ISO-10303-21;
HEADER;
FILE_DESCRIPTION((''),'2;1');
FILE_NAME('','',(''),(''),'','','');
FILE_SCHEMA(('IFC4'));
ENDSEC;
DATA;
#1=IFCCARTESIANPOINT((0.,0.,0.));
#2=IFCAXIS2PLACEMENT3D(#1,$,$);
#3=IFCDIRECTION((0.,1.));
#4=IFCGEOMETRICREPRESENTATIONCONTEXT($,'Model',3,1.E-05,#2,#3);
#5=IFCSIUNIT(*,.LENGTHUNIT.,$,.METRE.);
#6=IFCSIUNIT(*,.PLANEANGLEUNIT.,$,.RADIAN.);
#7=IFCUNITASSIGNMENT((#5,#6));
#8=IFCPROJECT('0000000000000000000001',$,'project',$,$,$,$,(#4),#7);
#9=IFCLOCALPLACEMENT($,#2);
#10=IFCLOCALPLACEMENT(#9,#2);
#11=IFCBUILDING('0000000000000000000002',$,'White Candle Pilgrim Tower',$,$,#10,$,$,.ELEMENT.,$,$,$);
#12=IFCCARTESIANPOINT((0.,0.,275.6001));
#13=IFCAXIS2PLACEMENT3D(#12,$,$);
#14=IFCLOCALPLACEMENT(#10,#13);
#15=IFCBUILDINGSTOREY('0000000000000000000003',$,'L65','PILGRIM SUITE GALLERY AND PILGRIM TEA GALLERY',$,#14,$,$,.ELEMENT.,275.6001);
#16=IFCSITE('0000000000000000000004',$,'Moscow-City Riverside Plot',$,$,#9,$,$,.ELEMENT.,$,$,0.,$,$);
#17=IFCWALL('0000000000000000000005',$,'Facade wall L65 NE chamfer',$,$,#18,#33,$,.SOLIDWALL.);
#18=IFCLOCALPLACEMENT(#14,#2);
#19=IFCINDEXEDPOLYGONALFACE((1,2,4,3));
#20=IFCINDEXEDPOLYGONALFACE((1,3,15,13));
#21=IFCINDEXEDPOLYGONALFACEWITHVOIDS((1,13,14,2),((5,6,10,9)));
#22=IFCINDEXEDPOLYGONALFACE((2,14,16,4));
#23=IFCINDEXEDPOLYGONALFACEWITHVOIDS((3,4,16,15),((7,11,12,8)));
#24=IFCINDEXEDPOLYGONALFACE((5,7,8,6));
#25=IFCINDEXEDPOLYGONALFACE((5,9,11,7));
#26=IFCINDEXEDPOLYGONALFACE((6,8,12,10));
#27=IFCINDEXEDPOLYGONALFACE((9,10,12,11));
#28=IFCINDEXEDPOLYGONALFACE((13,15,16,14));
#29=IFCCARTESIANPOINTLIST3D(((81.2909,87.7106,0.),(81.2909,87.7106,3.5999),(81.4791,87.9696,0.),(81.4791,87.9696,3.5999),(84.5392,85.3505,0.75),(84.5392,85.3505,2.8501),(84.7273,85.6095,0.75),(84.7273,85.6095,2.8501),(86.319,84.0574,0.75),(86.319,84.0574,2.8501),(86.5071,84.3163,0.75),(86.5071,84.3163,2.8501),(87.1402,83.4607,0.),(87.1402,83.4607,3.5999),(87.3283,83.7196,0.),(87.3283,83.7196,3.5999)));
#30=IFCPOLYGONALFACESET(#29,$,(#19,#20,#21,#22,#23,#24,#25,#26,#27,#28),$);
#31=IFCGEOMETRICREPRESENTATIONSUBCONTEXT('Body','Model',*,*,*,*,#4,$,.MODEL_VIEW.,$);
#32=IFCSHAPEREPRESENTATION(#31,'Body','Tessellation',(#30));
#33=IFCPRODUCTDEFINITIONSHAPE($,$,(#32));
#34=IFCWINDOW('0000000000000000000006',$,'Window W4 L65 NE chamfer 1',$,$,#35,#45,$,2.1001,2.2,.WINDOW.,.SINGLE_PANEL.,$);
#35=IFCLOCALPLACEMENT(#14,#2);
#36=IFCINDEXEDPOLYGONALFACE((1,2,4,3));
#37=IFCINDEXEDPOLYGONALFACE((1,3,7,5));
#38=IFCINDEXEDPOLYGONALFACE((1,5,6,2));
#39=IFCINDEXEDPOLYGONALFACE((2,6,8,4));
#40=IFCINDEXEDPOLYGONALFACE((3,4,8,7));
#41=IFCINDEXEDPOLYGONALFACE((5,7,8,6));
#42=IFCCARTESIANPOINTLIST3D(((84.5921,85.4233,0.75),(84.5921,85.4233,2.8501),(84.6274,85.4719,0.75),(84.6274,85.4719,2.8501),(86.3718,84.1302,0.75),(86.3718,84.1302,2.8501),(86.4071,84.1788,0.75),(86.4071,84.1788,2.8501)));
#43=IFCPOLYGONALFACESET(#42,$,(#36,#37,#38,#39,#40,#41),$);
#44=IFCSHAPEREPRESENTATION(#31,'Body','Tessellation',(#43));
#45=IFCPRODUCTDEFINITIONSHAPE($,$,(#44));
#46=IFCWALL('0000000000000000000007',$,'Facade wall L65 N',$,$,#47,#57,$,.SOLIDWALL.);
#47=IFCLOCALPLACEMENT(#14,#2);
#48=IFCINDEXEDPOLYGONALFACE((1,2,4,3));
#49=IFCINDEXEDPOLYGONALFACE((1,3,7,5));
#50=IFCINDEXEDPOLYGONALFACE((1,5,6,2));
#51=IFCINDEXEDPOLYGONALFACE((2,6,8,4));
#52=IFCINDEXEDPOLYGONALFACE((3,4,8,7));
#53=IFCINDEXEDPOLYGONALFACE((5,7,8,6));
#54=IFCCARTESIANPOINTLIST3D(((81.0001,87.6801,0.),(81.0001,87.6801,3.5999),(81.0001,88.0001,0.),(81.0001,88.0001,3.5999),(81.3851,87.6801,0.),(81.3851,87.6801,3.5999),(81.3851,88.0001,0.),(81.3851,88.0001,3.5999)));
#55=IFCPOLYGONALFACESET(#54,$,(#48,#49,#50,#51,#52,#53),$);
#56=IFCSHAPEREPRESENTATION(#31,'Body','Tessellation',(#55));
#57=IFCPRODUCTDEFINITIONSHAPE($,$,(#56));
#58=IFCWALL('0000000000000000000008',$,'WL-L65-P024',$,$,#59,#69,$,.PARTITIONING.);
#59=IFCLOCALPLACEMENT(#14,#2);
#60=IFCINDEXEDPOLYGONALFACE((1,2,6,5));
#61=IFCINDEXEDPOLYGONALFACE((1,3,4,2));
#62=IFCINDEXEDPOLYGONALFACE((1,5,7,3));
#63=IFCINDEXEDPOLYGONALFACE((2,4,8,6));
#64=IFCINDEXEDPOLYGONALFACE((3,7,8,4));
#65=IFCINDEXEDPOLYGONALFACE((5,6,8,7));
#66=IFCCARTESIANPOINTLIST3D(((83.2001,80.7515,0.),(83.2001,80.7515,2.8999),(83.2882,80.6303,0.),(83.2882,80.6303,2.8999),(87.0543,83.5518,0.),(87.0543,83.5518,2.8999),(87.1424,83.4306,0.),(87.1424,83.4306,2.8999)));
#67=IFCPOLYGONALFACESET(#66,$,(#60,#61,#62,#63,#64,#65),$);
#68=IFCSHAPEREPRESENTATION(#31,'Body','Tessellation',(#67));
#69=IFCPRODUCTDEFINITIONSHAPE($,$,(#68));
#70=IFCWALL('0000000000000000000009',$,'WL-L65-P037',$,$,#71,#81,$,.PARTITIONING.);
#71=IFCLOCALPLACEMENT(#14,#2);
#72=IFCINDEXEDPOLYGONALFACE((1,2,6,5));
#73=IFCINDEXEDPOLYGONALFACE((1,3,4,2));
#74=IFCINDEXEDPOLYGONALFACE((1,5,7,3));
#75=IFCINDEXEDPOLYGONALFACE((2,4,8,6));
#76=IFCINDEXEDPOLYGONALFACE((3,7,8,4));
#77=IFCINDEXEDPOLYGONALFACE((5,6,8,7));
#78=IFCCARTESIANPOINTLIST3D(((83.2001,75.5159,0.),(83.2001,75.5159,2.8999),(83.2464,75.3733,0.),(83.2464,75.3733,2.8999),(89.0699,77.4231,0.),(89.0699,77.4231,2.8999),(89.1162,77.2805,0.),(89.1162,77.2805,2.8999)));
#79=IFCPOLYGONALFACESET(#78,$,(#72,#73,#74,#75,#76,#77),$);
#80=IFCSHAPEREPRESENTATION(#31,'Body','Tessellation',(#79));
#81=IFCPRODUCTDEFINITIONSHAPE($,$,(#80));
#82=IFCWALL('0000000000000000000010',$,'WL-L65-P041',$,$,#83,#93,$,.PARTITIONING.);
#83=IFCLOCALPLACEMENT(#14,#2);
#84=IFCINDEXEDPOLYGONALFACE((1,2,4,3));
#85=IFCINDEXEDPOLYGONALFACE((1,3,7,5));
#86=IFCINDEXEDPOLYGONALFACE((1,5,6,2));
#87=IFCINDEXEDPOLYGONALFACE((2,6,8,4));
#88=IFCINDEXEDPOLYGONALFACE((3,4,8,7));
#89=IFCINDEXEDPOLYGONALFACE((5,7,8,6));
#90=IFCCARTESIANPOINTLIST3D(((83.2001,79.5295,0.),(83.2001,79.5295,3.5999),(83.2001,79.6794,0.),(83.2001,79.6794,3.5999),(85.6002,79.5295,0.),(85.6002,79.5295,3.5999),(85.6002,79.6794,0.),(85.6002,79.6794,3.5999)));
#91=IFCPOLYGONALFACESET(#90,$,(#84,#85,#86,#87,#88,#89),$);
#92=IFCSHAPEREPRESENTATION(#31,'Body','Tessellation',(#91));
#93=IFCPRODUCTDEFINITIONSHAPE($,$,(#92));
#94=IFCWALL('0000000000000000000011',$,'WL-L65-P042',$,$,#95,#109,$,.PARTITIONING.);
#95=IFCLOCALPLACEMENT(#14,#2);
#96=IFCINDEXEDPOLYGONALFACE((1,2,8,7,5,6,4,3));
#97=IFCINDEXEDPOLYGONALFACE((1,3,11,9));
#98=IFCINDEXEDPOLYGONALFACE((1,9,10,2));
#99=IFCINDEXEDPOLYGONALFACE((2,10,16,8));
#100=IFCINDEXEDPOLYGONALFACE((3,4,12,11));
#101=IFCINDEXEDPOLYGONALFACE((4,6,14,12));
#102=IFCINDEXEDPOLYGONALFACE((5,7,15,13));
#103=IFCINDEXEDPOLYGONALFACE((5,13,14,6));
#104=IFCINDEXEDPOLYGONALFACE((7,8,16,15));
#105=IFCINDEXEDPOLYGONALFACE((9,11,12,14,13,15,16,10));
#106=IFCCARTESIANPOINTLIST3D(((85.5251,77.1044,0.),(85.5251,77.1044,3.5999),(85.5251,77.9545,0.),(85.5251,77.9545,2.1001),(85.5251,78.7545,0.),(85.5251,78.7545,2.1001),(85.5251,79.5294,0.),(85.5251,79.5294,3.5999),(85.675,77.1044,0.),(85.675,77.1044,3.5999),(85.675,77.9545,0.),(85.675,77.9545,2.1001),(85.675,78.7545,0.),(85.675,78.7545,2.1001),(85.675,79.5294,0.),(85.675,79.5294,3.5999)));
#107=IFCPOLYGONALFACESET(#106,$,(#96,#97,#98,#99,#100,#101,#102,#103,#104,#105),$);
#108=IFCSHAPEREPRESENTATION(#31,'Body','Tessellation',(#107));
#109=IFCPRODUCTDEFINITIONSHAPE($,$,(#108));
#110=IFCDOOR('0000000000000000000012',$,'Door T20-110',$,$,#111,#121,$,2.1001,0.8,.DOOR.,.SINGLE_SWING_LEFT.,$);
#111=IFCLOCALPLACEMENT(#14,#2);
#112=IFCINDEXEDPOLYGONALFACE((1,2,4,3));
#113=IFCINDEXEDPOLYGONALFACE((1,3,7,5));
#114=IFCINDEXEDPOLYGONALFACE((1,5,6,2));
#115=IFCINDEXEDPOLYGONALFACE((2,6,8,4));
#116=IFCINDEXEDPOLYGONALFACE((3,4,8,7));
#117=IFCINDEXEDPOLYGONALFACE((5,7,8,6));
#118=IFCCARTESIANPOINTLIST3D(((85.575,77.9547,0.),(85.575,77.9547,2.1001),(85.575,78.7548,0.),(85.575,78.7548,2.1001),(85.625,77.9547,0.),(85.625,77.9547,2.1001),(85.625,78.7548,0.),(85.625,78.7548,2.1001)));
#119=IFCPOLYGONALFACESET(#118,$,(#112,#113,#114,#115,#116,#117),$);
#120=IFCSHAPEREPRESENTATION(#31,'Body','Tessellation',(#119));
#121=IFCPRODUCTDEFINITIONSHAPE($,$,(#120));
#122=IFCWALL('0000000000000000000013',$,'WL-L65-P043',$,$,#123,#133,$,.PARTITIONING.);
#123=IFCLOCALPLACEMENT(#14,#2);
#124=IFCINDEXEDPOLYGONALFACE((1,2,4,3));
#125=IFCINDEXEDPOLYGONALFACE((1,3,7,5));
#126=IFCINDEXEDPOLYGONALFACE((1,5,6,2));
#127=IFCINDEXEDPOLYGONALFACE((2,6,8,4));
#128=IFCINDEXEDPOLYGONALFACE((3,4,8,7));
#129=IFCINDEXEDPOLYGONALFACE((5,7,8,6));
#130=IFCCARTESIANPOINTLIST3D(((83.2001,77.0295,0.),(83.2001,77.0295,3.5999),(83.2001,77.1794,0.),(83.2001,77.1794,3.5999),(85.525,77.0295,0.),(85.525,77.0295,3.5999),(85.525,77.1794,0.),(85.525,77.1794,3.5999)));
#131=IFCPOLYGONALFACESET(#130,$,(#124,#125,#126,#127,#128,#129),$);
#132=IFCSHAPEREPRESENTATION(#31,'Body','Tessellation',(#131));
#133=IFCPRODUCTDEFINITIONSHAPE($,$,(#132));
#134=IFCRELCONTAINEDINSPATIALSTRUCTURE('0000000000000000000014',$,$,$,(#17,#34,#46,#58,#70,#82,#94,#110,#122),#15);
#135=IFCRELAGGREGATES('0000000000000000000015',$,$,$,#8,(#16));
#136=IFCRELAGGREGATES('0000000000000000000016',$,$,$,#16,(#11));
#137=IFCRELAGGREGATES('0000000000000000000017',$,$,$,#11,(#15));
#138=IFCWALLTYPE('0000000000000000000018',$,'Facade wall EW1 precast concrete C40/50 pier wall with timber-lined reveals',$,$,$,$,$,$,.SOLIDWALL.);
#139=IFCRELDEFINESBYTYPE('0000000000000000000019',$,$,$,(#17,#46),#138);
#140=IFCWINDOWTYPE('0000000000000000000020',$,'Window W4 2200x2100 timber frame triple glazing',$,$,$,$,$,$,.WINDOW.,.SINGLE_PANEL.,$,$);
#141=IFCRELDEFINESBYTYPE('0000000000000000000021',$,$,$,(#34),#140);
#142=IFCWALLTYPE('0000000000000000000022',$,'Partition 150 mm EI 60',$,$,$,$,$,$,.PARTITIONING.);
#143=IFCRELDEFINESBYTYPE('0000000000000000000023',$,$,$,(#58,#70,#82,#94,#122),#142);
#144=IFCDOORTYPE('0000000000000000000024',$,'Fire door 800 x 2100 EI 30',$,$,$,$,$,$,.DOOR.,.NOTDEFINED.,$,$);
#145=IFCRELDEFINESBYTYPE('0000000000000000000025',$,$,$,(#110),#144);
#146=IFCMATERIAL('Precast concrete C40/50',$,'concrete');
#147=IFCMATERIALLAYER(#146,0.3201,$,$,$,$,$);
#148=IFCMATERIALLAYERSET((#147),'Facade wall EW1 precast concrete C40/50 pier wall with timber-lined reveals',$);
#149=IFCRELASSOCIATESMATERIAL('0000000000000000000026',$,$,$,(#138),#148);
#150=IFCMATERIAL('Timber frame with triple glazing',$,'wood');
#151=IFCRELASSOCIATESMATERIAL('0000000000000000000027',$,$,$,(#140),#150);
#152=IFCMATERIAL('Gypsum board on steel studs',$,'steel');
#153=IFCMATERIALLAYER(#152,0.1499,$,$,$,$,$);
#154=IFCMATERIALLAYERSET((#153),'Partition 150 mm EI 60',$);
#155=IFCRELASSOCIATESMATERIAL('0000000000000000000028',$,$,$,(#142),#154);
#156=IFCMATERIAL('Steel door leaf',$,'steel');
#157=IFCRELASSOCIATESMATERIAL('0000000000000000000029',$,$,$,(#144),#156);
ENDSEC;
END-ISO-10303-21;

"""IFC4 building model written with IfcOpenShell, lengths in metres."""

from ifc_helpers import new_model, si_unit, direction, frame, frame_2d, origin, place, context, subcontext, project, spatial, rectangle, extrude, material, layer, layer_set, type_object, element, fill, save


model = new_model("IFC4")

# Units and contexts
model_context = context("Model", 3, precision=1e-05, world=origin(), true_north=direction((0.0, 1.0)))
body_context = subcontext(model_context, "Body", "Model", "MODEL_VIEW")
ifc_project = project(units=[si_unit("LENGTHUNIT", "METRE"), si_unit("PLANEANGLEUNIT", "RADIAN")], contexts=[model_context])

# Site, building, storey
site_placement = place(None, origin())
site = spatial("IfcSite", under=ifc_project, at=site_placement, Name="Moscow-City Riverside Plot", CompositionType="ELEMENT", RefElevation=0.0)
building_placement = place(site_placement, origin())
building = spatial("IfcBuilding", under=site, at=building_placement, Name="White Candle Pilgrim Tower", CompositionType="ELEMENT")
storey_placement = place(building_placement, frame((0.0, 0.0, 275.6001)))
storey = spatial("IfcBuildingStorey", under=building, at=storey_placement, Name="L65", Description="PILGRIM SUITE GALLERY AND PILGRIM TEA GALLERY", CompositionType="ELEMENT", Elevation=275.6001)

# Shared definitions
ifc_material_1 = material(Name="Steel door leaf", Category="steel")

# Shared definitions
ifc_material_2 = material(Name="Gypsum board on steel studs", Category="steel")

# Wall, opening, window
ifc_material_3 = material(Name="Precast concrete C40/50", Category="concrete")
ifc_layer_1 = layer(ifc_material_3, 0.3201)
ifc_layer_set_1 = layer_set([ifc_layer_1], Name="Facade wall EW1 precast concrete C40/50 pier wall with timber-lined reveals")
wall_type_1 = type_object("IfcWallType", Name="Facade wall EW1 precast concrete C40/50 pier wall with timber-lined reveals", PredefinedType="SOLIDWALL", material=ifc_layer_set_1)
wall_1_placement = place(storey_placement, frame((87.2344, 83.5901, 0.0), z_axis=(0.0, 0.0, 1.0), x_axis=(-0.809005, 0.587802, 0.0)))
wall_1 = element("IfcWall", 1, at=wall_1_placement, inside=storey, type_object=wall_type_1, Name="Facade wall L65 NE chamfer", PredefinedType="SOLIDWALL", context=body_context, shape_type="SweptSolid", body=[
    extrude(rectangle(XDim=7.2302, YDim=0.3201, at=frame_2d((3.6152, 0.0))), origin(), (0.0, 0.0, 1.0), 3.5999),
])
opening_1_placement = place(wall_1_placement, frame((1.0151, 0.0, 0.75)))
opening_1 = element("IfcOpeningElement", 2, at=opening_1_placement, cuts=wall_1, PredefinedType="OPENING", context=body_context, shape_type="SweptSolid", body=[
    extrude(rectangle(XDim=2.2, YDim=2.1001, at=frame_2d((1.1001, 1.05))), frame((0.0, 0.1699, 0.0), z_axis=(0.0, -1.0, 0.0), x_axis=(1.0, 0.0, 0.0)), (0.0, 0.0, 1.0), 0.3401),
])
ifc_material_4 = material(Name="Timber frame with triple glazing", Category="wood")
window_type = type_object("IfcWindowType", Name="Window W4 2200x2100 timber frame triple glazing", PartitioningType="SINGLE_PANEL", PredefinedType="WINDOW", material=ifc_material_4)
window_placement = place(opening_1_placement, origin())
window = element("IfcWindow", 3, at=window_placement, inside=storey, type_object=window_type, Name="Window W4 L65 NE chamfer 1", OverallHeight=2.1001, OverallWidth=2.2, PartitioningType="SINGLE_PANEL", PredefinedType="WINDOW", context=body_context, shape_type="SweptSolid", body=[
    extrude(rectangle(XDim=2.2, YDim=2.1001, at=frame_2d((1.1001, 1.05))), frame((0.0, 0.0701, 0.0), z_axis=(0.0, -1.0, 0.0), x_axis=(1.0, 0.0, 0.0)), (0.0, 0.0, 1.0), 0.0601),
])
fill(opening_1, window)

# Walls
wall_2_placement = place(storey_placement, frame((81.385, 87.8401, 0.0), z_axis=(0.0, 0.0, 1.0), x_axis=(-1.0, 0.0, 0.0)))
element("IfcWall", 4, at=wall_2_placement, inside=storey, type_object=wall_type_1, Name="Facade wall L65 N", PredefinedType="SOLIDWALL", context=body_context, shape_type="SweptSolid", body=[
    extrude(rectangle(XDim=0.385, YDim=0.3201, at=frame_2d((0.1924, 0.0))), origin(), (0.0, 0.0, 1.0), 3.5999),
])
ifc_layer_2 = layer(ifc_material_2, 0.1499)
ifc_layer_set_2 = layer_set([ifc_layer_2], Name="Partition 150 mm EI 60")
wall_type_2 = type_object("IfcWallType", Name="Partition 150 mm EI 60", PredefinedType="PARTITIONING", material=ifc_layer_set_2)
wall_3_placement = place(storey_placement, frame((87.0984, 83.4912, 0.0), z_axis=(0.0, 0.0, 1.0), x_axis=(-0.809015, -0.587788, 0.0)))
element("IfcWall", 5, at=wall_3_placement, inside=storey, type_object=wall_type_2, Name="WL-L65-P024", PredefinedType="PARTITIONING", context=body_context, shape_type="SweptSolid", body=[
    extrude(rectangle(XDim=4.7642, YDim=0.1499, at=frame_2d((2.3821, 0.0))), origin(), (0.0, 0.0, 1.0), 2.8999),
])
wall_4_placement = place(storey_placement, frame((89.093, 77.3518, 0.0), z_axis=(0.0, 0.0, 1.0), x_axis=(-0.951057, -0.309015, 0.0)))
element("IfcWall", 6, at=wall_4_placement, inside=storey, type_object=wall_type_2, Name="WL-L65-P037", PredefinedType="PARTITIONING", context=body_context, shape_type="SweptSolid", body=[
    extrude(rectangle(XDim=6.1719, YDim=0.1499, at=frame_2d((3.0859, 0.0))), origin(), (0.0, 0.0, 1.0), 2.8999),
])
wall_5_placement = place(storey_placement, frame((83.2, 79.6045, 0.0), z_axis=(0.0, 0.0, 1.0), x_axis=(1.0, 0.0, 0.0)))
element("IfcWall", 7, at=wall_5_placement, inside=storey, type_object=wall_type_2, Name="WL-L65-P041", PredefinedType="PARTITIONING", context=body_context, shape_type="SweptSolid", body=[
    extrude(rectangle(XDim=2.4001, YDim=0.1499, at=frame_2d((1.2002, 0.0))), origin(), (0.0, 0.0, 1.0), 3.5999),
])

# Wall, opening, door
wall_6_placement = place(storey_placement, frame((85.6001, 77.1045, 0.0), z_axis=(0.0, 0.0, 1.0), x_axis=(0.0, 1.0, 0.0)))
wall_6 = element("IfcWall", 8, at=wall_6_placement, inside=storey, type_object=wall_type_2, Name="WL-L65-P042", PredefinedType="PARTITIONING", context=body_context, shape_type="SweptSolid", body=[
    extrude(rectangle(XDim=2.425, YDim=0.1499, at=frame_2d((1.2124, 0.0))), origin(), (0.0, 0.0, 1.0), 3.5999),
])
opening_2_placement = place(wall_6_placement, frame((0.8501, 0.0, 0.0)))
opening_2 = element("IfcOpeningElement", 9, at=opening_2_placement, cuts=wall_6, PredefinedType="OPENING", context=body_context, shape_type="SweptSolid", body=[
    extrude(rectangle(XDim=0.8, YDim=2.1001, at=frame_2d((0.3999, 1.05))), frame((0.0, 0.085, 0.0), z_axis=(0.0, -1.0, 0.0), x_axis=(1.0, 0.0, 0.0)), (0.0, 0.0, 1.0), 0.1699),
])
door_type_1 = type_object("IfcDoorType", Name="Fire door 800 x 2100 EI 30", OperationType="NOTDEFINED", PredefinedType="DOOR", material=ifc_material_1)
door_1_placement = place(opening_2_placement, frame((0.8, 0.0, 0.0), z_axis=(0.0, 0.0, 1.0), x_axis=(-1.0, 0.0, 0.0)))
door_1 = element("IfcDoor", 10, at=door_1_placement, inside=storey, type_object=door_type_1, Name="Door T20-110", OperationType="SINGLE_SWING_LEFT", OverallHeight=2.1001, OverallWidth=0.8, PredefinedType="DOOR", context=body_context, shape_type="SweptSolid", body=[
    extrude(rectangle(XDim=0.8, YDim=2.1001, at=frame_2d((0.3999, 1.05))), frame((0.0, 0.0249, 0.0), z_axis=(0.0, -1.0, 0.0), x_axis=(1.0, 0.0, 0.0)), (0.0, 0.0, 1.0), 0.05),
])
fill(opening_2, door_1)

# Wall
wall_7_placement = place(storey_placement, frame((83.2, 77.1045, 0.0), z_axis=(0.0, 0.0, 1.0), x_axis=(1.0, 0.0, 0.0)))
element("IfcWall", 11, at=wall_7_placement, inside=storey, type_object=wall_type_2, Name="WL-L65-P043", PredefinedType="PARTITIONING", context=body_context, shape_type="SweptSolid", body=[
    extrude(rectangle(XDim=2.325, YDim=0.1499, at=frame_2d((1.1626, 0.0))), origin(), (0.0, 0.0, 1.0), 3.5999),
])

save(model, "model.ifc")
